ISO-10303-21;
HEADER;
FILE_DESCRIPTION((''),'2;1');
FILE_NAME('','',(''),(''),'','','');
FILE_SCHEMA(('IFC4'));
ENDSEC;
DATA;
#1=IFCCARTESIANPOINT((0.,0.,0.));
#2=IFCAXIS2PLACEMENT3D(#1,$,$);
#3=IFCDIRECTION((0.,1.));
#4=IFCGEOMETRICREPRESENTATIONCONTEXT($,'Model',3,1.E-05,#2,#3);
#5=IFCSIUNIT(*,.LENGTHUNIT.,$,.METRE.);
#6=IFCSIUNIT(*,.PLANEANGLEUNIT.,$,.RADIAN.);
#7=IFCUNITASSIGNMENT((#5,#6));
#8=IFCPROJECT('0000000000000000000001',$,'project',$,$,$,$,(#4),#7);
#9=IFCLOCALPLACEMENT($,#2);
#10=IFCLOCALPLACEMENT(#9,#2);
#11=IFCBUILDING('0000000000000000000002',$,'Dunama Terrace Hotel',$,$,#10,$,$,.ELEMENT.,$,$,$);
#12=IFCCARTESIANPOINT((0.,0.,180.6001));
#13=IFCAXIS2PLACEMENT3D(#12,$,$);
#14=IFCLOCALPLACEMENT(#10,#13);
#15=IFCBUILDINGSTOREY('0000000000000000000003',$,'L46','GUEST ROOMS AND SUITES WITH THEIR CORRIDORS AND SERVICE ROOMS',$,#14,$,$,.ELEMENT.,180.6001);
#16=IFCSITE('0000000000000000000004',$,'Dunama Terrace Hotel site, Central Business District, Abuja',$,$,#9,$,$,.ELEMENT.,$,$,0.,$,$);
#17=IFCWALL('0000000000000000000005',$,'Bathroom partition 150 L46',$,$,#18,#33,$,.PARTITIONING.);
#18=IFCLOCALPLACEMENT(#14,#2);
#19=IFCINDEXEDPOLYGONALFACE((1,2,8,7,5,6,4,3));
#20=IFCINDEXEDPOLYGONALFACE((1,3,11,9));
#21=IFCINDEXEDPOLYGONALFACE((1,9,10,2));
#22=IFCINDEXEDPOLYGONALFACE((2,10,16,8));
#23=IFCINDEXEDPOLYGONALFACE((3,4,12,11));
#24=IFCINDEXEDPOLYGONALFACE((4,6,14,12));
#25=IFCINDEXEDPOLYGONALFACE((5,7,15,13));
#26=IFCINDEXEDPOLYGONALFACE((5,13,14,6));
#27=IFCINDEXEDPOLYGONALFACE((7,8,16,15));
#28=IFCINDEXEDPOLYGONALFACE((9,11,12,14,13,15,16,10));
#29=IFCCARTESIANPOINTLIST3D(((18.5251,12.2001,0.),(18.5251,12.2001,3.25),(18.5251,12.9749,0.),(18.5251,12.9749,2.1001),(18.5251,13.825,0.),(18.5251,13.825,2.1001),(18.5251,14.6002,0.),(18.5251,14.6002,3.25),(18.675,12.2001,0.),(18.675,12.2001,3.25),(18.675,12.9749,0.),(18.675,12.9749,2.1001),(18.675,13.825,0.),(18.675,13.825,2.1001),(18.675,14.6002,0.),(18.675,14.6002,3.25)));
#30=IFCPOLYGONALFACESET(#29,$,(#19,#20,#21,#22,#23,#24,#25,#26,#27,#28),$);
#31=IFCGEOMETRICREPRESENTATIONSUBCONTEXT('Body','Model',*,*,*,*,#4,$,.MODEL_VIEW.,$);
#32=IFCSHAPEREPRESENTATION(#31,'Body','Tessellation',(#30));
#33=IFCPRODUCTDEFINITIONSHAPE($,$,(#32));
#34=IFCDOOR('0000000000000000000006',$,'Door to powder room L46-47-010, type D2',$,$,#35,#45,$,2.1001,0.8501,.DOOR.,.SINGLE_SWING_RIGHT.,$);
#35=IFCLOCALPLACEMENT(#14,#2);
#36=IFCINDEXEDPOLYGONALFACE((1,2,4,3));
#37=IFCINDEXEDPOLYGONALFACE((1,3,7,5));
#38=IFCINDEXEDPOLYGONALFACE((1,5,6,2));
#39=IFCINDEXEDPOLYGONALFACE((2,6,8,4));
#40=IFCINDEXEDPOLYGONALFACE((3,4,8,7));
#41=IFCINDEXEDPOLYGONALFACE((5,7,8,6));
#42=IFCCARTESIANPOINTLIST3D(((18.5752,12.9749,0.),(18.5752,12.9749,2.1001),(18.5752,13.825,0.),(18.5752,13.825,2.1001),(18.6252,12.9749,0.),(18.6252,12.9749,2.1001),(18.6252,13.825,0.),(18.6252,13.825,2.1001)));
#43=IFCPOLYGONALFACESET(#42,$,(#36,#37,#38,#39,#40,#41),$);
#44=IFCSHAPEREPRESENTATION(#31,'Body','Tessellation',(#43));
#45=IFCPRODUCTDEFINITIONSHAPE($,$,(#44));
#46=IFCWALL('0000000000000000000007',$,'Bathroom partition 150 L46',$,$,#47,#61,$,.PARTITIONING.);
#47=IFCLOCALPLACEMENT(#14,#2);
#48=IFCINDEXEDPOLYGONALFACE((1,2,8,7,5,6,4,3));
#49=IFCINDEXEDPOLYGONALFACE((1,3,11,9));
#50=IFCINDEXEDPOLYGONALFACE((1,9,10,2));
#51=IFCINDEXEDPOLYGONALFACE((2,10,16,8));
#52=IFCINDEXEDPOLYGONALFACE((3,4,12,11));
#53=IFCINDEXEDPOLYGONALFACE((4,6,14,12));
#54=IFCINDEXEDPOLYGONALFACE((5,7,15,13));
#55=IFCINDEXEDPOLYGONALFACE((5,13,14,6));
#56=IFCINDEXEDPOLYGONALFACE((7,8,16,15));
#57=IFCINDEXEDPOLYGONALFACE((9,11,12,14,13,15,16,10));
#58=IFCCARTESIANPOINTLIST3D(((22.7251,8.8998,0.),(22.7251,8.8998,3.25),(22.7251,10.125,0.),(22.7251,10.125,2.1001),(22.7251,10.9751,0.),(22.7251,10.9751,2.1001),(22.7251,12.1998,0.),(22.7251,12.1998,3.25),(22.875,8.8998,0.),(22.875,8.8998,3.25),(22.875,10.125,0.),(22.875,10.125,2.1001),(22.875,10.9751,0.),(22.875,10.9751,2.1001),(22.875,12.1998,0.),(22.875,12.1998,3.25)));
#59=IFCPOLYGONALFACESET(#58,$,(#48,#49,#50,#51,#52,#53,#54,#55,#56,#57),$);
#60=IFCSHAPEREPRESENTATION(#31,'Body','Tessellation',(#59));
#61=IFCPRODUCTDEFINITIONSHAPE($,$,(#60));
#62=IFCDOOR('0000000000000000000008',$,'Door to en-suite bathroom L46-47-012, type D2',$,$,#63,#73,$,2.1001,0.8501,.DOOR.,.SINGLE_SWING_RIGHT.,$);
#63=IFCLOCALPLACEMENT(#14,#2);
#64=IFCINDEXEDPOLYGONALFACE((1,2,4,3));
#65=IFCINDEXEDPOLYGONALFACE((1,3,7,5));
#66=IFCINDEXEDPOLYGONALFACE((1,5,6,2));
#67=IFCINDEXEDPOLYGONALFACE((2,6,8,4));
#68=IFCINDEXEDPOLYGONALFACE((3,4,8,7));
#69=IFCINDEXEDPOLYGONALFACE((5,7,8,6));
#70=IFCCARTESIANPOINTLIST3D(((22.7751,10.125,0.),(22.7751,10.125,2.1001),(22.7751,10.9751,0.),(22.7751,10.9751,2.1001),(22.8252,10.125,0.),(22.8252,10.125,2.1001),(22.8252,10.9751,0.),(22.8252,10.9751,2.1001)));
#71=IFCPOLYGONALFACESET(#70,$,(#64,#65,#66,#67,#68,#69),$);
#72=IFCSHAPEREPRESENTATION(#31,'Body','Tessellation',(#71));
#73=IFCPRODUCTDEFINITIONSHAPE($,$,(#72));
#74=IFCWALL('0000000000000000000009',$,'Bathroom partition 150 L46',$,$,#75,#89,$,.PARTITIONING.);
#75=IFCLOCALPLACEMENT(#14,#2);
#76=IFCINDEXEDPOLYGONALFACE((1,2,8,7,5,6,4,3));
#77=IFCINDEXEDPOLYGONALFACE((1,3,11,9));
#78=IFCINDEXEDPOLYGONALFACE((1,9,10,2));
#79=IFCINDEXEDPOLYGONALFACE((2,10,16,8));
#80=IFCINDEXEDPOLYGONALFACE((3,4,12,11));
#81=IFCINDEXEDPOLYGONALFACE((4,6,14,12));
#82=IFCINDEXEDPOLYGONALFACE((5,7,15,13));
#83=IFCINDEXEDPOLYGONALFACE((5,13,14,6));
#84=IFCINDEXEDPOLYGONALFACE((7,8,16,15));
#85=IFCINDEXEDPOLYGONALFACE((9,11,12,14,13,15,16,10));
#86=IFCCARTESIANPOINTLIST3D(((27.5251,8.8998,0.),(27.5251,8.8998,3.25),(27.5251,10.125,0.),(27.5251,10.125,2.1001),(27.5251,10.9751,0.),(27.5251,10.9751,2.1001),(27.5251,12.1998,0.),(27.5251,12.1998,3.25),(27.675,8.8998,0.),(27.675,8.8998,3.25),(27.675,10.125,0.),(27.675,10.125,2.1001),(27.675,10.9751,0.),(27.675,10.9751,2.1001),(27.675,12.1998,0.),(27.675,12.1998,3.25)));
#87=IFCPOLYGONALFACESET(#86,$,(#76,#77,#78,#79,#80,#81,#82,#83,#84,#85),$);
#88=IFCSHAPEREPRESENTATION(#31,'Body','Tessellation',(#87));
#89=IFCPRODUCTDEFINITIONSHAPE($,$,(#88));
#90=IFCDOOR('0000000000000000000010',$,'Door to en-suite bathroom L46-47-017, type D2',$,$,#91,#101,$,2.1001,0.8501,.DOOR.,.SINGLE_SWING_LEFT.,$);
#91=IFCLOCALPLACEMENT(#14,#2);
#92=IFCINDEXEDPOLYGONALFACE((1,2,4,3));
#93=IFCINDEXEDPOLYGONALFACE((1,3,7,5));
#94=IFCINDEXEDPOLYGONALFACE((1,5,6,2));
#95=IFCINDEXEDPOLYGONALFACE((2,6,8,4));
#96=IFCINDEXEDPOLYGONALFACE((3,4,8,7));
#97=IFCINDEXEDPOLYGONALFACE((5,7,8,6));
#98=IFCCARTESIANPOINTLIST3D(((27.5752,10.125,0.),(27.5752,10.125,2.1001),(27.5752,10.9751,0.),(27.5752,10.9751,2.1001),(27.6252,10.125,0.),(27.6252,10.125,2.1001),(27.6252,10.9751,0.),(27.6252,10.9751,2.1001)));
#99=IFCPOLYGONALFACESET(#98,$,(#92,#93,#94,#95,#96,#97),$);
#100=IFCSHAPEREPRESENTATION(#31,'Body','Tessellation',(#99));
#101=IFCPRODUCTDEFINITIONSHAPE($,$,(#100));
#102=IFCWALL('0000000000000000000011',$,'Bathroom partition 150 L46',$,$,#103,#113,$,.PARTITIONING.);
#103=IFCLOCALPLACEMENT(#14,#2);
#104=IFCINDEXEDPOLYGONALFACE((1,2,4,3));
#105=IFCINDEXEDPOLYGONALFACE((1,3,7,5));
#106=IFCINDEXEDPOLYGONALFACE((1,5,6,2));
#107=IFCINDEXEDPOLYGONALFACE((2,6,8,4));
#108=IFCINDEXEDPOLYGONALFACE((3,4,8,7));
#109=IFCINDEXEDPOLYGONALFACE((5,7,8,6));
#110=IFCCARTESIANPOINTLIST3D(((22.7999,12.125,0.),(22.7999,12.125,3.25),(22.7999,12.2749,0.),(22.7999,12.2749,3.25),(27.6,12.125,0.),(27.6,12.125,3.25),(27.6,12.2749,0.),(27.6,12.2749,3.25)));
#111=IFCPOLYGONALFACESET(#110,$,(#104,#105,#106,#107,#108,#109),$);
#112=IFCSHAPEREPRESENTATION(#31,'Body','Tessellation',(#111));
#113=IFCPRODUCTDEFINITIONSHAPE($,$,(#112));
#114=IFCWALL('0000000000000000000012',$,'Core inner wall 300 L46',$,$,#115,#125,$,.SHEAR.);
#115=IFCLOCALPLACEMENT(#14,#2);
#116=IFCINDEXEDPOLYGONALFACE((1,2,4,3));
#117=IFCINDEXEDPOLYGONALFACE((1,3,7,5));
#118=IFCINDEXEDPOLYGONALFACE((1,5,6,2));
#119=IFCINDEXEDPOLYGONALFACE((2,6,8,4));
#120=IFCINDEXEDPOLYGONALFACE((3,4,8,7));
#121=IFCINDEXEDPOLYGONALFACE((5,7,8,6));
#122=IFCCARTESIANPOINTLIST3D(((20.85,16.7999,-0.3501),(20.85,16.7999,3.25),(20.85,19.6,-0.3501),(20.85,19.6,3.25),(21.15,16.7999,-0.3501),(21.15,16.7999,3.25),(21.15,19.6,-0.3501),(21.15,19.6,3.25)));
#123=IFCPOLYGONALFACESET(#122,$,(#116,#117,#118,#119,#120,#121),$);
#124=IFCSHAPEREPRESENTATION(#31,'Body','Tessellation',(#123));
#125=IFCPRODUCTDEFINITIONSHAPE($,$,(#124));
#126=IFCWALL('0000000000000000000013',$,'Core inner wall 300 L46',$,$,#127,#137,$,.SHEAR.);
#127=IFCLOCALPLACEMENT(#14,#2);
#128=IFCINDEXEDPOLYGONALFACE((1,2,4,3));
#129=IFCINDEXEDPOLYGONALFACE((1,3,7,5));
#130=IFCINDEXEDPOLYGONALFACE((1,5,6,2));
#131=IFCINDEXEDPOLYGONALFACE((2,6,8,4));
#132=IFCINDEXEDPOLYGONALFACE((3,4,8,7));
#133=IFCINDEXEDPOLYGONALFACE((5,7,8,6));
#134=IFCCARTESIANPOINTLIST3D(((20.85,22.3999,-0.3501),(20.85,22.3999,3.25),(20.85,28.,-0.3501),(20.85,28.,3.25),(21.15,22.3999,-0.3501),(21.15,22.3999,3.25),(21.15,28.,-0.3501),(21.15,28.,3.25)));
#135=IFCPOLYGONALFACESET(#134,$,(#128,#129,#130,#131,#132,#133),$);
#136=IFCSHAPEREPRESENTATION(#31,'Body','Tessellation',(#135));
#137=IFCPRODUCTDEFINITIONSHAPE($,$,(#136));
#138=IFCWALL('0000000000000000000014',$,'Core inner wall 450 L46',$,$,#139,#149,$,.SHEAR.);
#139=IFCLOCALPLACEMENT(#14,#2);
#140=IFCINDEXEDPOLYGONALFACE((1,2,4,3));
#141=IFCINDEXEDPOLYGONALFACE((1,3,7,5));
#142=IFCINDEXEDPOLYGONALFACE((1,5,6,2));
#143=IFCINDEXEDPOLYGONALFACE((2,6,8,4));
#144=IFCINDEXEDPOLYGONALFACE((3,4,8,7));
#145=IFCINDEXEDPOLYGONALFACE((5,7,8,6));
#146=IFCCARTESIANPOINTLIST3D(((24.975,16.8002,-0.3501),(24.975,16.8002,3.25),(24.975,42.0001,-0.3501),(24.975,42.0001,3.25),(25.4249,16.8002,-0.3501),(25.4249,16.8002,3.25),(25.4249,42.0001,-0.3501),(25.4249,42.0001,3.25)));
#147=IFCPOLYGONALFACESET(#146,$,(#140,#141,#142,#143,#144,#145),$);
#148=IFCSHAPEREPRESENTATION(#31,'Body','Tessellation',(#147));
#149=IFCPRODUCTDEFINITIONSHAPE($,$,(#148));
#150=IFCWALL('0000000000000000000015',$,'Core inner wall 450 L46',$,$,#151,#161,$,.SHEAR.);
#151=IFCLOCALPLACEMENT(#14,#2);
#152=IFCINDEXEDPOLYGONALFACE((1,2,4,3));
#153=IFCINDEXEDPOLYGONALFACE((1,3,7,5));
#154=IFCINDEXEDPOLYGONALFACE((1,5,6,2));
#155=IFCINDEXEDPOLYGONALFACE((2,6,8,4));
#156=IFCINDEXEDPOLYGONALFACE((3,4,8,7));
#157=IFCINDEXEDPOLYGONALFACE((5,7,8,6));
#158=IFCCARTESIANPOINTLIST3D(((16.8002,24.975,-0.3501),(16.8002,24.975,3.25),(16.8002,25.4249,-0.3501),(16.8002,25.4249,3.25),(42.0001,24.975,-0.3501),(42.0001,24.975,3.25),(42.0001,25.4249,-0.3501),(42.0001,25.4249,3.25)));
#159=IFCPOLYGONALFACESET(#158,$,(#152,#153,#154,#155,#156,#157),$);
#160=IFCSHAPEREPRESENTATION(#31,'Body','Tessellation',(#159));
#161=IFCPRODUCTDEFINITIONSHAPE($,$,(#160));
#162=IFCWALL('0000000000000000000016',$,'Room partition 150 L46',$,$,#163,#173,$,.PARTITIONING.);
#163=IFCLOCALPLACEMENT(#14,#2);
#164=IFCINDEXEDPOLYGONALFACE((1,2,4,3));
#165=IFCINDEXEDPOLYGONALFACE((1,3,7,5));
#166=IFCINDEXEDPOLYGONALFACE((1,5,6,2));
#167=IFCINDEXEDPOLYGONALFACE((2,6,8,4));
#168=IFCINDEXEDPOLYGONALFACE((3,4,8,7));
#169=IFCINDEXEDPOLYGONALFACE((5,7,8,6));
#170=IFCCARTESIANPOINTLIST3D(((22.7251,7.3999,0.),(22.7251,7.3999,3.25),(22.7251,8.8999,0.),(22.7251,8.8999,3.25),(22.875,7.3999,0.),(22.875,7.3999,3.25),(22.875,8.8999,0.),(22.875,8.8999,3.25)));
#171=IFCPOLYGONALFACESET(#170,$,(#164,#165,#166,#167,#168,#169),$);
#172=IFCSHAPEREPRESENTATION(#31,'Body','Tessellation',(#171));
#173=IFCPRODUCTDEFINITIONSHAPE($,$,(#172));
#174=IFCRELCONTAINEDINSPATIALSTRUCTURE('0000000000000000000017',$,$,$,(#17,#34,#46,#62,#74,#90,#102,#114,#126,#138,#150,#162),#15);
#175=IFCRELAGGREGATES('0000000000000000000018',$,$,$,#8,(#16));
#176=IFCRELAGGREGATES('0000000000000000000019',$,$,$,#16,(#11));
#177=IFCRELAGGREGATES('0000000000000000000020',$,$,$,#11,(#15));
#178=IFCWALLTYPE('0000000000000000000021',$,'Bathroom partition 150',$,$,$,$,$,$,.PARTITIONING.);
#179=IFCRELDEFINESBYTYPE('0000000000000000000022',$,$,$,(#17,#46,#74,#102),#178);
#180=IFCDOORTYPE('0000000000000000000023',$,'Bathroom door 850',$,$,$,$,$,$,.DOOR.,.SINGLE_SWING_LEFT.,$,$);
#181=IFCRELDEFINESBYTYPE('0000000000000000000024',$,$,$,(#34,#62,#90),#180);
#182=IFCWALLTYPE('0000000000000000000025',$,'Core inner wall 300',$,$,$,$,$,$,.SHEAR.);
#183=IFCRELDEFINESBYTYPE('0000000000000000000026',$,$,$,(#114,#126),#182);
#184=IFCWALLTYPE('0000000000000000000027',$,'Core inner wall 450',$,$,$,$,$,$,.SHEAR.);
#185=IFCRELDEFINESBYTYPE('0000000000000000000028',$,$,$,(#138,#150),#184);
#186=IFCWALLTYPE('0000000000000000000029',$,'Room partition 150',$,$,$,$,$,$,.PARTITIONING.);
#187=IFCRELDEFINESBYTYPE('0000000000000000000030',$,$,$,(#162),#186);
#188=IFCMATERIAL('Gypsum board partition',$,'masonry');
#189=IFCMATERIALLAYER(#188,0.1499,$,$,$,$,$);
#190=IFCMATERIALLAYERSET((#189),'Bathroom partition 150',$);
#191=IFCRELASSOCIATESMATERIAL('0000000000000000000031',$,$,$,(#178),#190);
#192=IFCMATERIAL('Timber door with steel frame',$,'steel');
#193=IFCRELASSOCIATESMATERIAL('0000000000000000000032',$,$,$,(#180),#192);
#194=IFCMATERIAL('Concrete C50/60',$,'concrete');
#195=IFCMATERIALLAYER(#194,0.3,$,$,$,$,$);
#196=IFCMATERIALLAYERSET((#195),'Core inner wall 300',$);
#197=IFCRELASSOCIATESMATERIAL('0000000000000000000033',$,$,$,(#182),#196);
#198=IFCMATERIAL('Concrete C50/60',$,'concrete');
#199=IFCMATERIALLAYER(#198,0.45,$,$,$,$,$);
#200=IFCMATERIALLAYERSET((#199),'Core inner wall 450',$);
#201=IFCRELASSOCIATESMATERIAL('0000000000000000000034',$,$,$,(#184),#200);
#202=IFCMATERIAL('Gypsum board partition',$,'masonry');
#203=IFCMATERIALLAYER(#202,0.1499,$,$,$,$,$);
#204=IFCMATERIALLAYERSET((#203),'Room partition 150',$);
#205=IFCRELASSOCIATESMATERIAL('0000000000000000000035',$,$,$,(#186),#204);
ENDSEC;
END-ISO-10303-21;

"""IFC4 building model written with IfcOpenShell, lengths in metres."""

from ifc_helpers import new_model, si_unit, direction, frame, frame_2d, origin, place, context, subcontext, project, spatial, rectangle, extrude, material, layer, layer_set, type_object, element, fill, save


model = new_model("IFC4")

# Units and contexts
model_context = context("Model", 3, precision=1e-05, world=origin(), true_north=direction((0.0, 1.0)))
body_context = subcontext(model_context, "Body", "Model", "MODEL_VIEW")
ifc_project = project(units=[si_unit("LENGTHUNIT", "METRE"), si_unit("PLANEANGLEUNIT", "RADIAN")], contexts=[model_context])

# Site, building, storey
site_placement = place(None, origin())
site = spatial("IfcSite", under=ifc_project, at=site_placement, Name="Dunama Terrace Hotel site, Central Business District, Abuja", CompositionType="ELEMENT", RefElevation=0.0)
building_placement = place(site_placement, origin())
building = spatial("IfcBuilding", under=site, at=building_placement, Name="Dunama Terrace Hotel", CompositionType="ELEMENT")
storey_placement = place(building_placement, frame((0.0, 0.0, 180.6001)))
storey = spatial("IfcBuildingStorey", under=building, at=storey_placement, Name="L46", Description="GUEST ROOMS AND SUITES WITH THEIR CORRIDORS AND SERVICE ROOMS", CompositionType="ELEMENT", Elevation=180.6001)

# Walls, openings, doors
ifc_material_1 = material(Name="Gypsum board partition", Category="masonry")
ifc_layer_1 = layer(ifc_material_1, 0.1499)
ifc_layer_set_1 = layer_set([ifc_layer_1], Name="Bathroom partition 150")
wall_type_1 = type_object("IfcWallType", Name="Bathroom partition 150", PredefinedType="PARTITIONING", material=ifc_layer_set_1)
wall_1_placement = place(storey_placement, frame((18.6001, 12.2, 0.0), z_axis=(0.0, 0.0, 1.0), x_axis=(0.0, 1.0, 0.0)))
wall_1 = element("IfcWall", 1, at=wall_1_placement, inside=storey, type_object=wall_type_1, Name="Bathroom partition 150 L46", PredefinedType="PARTITIONING", context=body_context, shape_type="SweptSolid", body=[
    extrude(rectangle(XDim=2.4001, YDim=0.1499, at=frame_2d((1.2002, 0.0))), origin(), (0.0, 0.0, 1.0), 3.25),
])
opening_1_placement = place(wall_1_placement, frame((0.7749, 0.0, 0.0)))
opening_1 = element("IfcOpeningElement", 2, at=opening_1_placement, cuts=wall_1, PredefinedType="OPENING", context=body_context, shape_type="SweptSolid", body=[
    extrude(rectangle(XDim=0.8501, YDim=2.1001, at=frame_2d((0.425, 1.05))), frame((0.0, 0.085, 0.0), z_axis=(0.0, -1.0, 0.0), x_axis=(1.0, 0.0, 0.0)), (0.0, 0.0, 1.0), 0.1699),
])
ifc_material_2 = material(Name="Timber door with steel frame", Category="steel")
door_type_1 = type_object("IfcDoorType", Name="Bathroom door 850", OperationType="SINGLE_SWING_LEFT", PredefinedType="DOOR", material=ifc_material_2)
door_1_placement = place(opening_1_placement, origin())
door_1 = element("IfcDoor", 3, at=door_1_placement, inside=storey, type_object=door_type_1, Name="Door to powder room L46-47-010, type D2", OperationType="SINGLE_SWING_RIGHT", OverallHeight=2.1001, OverallWidth=0.8501, PredefinedType="DOOR", context=body_context, shape_type="SweptSolid", body=[
    extrude(rectangle(XDim=0.8501, YDim=2.1001, at=frame_2d((0.425, 1.05))), frame((0.0, 0.0249, 0.0), z_axis=(0.0, -1.0, 0.0), x_axis=(1.0, 0.0, 0.0)), (0.0, 0.0, 1.0), 0.05),
])
fill(opening_1, door_1)
wall_2_placement = place(storey_placement, frame((22.8, 8.8999, 0.0), z_axis=(0.0, 0.0, 1.0), x_axis=(0.0, 1.0, 0.0)))
wall_2 = element("IfcWall", 4, at=wall_2_placement, inside=storey, type_object=wall_type_1, Name="Bathroom partition 150 L46", PredefinedType="PARTITIONING", context=body_context, shape_type="SweptSolid", body=[
    extrude(rectangle(XDim=3.3, YDim=0.1499, at=frame_2d((1.6499, 0.0))), origin(), (0.0, 0.0, 1.0), 3.25),
])
opening_2_placement = place(wall_2_placement, frame((1.2251, 0.0, 0.0)))
opening_2 = element("IfcOpeningElement", 5, at=opening_2_placement, cuts=wall_2, PredefinedType="OPENING", context=body_context, shape_type="SweptSolid", body=[
    extrude(rectangle(XDim=0.8501, YDim=2.1001, at=frame_2d((0.425, 1.05))), frame((0.0, 0.085, 0.0), z_axis=(0.0, -1.0, 0.0), x_axis=(1.0, 0.0, 0.0)), (0.0, 0.0, 1.0), 0.1699),
])
door_2_placement = place(opening_2_placement, frame((0.8501, 0.0, 0.0), z_axis=(0.0, 0.0, 1.0), x_axis=(-1.0, 0.0, 0.0)))
door_2 = element("IfcDoor", 6, at=door_2_placement, inside=storey, type_object=door_type_1, Name="Door to en-suite bathroom L46-47-012, type D2", OperationType="SINGLE_SWING_RIGHT", OverallHeight=2.1001, OverallWidth=0.8501, PredefinedType="DOOR", context=body_context, shape_type="SweptSolid", body=[
    extrude(rectangle(XDim=0.8501, YDim=2.1001, at=frame_2d((0.425, 1.05))), frame((0.0, 0.0251, 0.0), z_axis=(0.0, -1.0, 0.0), x_axis=(1.0, 0.0, 0.0)), (0.0, 0.0, 1.0), 0.05),
])
fill(opening_2, door_2)
wall_3_placement = place(storey_placement, frame((27.6001, 8.8999, 0.0), z_axis=(0.0, 0.0, 1.0), x_axis=(0.0, 1.0, 0.0)))
wall_3 = element("IfcWall", 7, at=wall_3_placement, inside=storey, type_object=wall_type_1, Name="Bathroom partition 150 L46", PredefinedType="PARTITIONING", context=body_context, shape_type="SweptSolid", body=[
    extrude(rectangle(XDim=3.3, YDim=0.1499, at=frame_2d((1.6499, 0.0))), origin(), (0.0, 0.0, 1.0), 3.25),
])
opening_3_placement = place(wall_3_placement, frame((1.2251, 0.0, 0.0)))
opening_3 = element("IfcOpeningElement", 8, at=opening_3_placement, cuts=wall_3, PredefinedType="OPENING", context=body_context, shape_type="SweptSolid", body=[
    extrude(rectangle(XDim=0.8501, YDim=2.1001, at=frame_2d((0.425, 1.05))), frame((0.0, 0.085, 0.0), z_axis=(0.0, -1.0, 0.0), x_axis=(1.0, 0.0, 0.0)), (0.0, 0.0, 1.0), 0.1699),
])
door_3_placement = place(opening_3_placement, origin())
door_3 = element("IfcDoor", 9, at=door_3_placement, inside=storey, type_object=door_type_1, Name="Door to en-suite bathroom L46-47-017, type D2", OperationType="SINGLE_SWING_LEFT", OverallHeight=2.1001, OverallWidth=0.8501, PredefinedType="DOOR", context=body_context, shape_type="SweptSolid", body=[
    extrude(rectangle(XDim=0.8501, YDim=2.1001, at=frame_2d((0.425, 1.05))), frame((0.0, 0.0249, 0.0), z_axis=(0.0, -1.0, 0.0), x_axis=(1.0, 0.0, 0.0)), (0.0, 0.0, 1.0), 0.05),
])
fill(opening_3, door_3)

# Walls
wall_4_placement = place(storey_placement, frame((22.8, 12.2, 0.0), z_axis=(0.0, 0.0, 1.0), x_axis=(1.0, 0.0, 0.0)))
element("IfcWall", 10, at=wall_4_placement, inside=storey, type_object=wall_type_1, Name="Bathroom partition 150 L46", PredefinedType="PARTITIONING", context=body_context, shape_type="SweptSolid", body=[
    extrude(rectangle(XDim=4.8, YDim=0.1499, at=frame_2d((2.3999, 0.0))), origin(), (0.0, 0.0, 1.0), 3.25),
])
ifc_material_3 = material(Name="Concrete C50/60", Category="concrete")
ifc_layer_2 = layer(ifc_material_3, 0.3)
ifc_layer_set_2 = layer_set([ifc_layer_2], Name="Core inner wall 300")
wall_type_2 = type_object("IfcWallType", Name="Core inner wall 300", PredefinedType="SHEAR", material=ifc_layer_set_2)
wall_5_placement = place(storey_placement, frame((21.0, 16.8, -0.3501), z_axis=(0.0, 0.0, 1.0), x_axis=(0.0, 1.0, 0.0)))
element("IfcWall", 11, at=wall_5_placement, inside=storey, type_object=wall_type_2, Name="Core inner wall 300 L46", PredefinedType="SHEAR", context=body_context, shape_type="SweptSolid", body=[
    extrude(rectangle(XDim=2.8, YDim=0.3, at=frame_2d((1.3999, 0.0))), origin(), (0.0, 0.0, 1.0), 3.6001),
])
wall_6_placement = place(storey_placement, frame((21.0, 22.3999, -0.3501), z_axis=(0.0, 0.0, 1.0), x_axis=(0.0, 1.0, 0.0)))
element("IfcWall", 12, at=wall_6_placement, inside=storey, type_object=wall_type_2, Name="Core inner wall 300 L46", PredefinedType="SHEAR", context=body_context, shape_type="SweptSolid", body=[
    extrude(rectangle(XDim=5.6001, YDim=0.3, at=frame_2d((2.8, 0.0))), origin(), (0.0, 0.0, 1.0), 3.6001),
])
ifc_material_4 = material(Name="Concrete C50/60", Category="concrete")
ifc_layer_3 = layer(ifc_material_4, 0.45)
ifc_layer_set_3 = layer_set([ifc_layer_3], Name="Core inner wall 450")
wall_type_3 = type_object("IfcWallType", Name="Core inner wall 450", PredefinedType="SHEAR", material=ifc_layer_set_3)
for number, where, z_axis, x_axis, name in (
    (13, (25.2, 16.8, -0.3501), (0.0, 0.0, 1.0), (0.0, 1.0, 0.0), "Core inner wall 450 L46"),
    (14, (16.8, 25.2, -0.3501), (0.0, 0.0, 1.0), (1.0, 0.0, 0.0), "Core inner wall 450 L46"),
):
    element("IfcWall", number, at=place(storey_placement, frame(where, z_axis=z_axis, x_axis=x_axis)), inside=storey, type_object=wall_type_3, Name=name, PredefinedType="SHEAR", context=body_context, shape_type="SweptSolid", body=[
        extrude(rectangle(XDim=25.2, YDim=0.45, at=frame_2d((12.6001, 0.0))), origin(), (0.0, 0.0, 1.0), 3.6001),
    ])
ifc_material_5 = material(Name="Gypsum board partition", Category="masonry")
ifc_layer_4 = layer(ifc_material_5, 0.1499)
ifc_layer_set_4 = layer_set([ifc_layer_4], Name="Room partition 150")
wall_type_4 = type_object("IfcWallType", Name="Room partition 150", PredefinedType="PARTITIONING", material=ifc_layer_set_4)
for number, where, z_axis, x_axis, name in (
    (15, (22.8, 7.3999, 0.0), (0.0, 0.0, 1.0), (0.0, 1.0, 0.0), "Room partition 150 L46"),
):
    element("IfcWall", number, at=place(storey_placement, frame(where, z_axis=z_axis, x_axis=x_axis)), inside=storey, type_object=wall_type_4, Name=name, PredefinedType="PARTITIONING", context=body_context, shape_type="SweptSolid", body=[
        extrude(rectangle(XDim=1.5, YDim=0.1499, at=frame_2d((0.75, 0.0))), origin(), (0.0, 0.0, 1.0), 3.25),
    ])

save(model, "model.ifc")
